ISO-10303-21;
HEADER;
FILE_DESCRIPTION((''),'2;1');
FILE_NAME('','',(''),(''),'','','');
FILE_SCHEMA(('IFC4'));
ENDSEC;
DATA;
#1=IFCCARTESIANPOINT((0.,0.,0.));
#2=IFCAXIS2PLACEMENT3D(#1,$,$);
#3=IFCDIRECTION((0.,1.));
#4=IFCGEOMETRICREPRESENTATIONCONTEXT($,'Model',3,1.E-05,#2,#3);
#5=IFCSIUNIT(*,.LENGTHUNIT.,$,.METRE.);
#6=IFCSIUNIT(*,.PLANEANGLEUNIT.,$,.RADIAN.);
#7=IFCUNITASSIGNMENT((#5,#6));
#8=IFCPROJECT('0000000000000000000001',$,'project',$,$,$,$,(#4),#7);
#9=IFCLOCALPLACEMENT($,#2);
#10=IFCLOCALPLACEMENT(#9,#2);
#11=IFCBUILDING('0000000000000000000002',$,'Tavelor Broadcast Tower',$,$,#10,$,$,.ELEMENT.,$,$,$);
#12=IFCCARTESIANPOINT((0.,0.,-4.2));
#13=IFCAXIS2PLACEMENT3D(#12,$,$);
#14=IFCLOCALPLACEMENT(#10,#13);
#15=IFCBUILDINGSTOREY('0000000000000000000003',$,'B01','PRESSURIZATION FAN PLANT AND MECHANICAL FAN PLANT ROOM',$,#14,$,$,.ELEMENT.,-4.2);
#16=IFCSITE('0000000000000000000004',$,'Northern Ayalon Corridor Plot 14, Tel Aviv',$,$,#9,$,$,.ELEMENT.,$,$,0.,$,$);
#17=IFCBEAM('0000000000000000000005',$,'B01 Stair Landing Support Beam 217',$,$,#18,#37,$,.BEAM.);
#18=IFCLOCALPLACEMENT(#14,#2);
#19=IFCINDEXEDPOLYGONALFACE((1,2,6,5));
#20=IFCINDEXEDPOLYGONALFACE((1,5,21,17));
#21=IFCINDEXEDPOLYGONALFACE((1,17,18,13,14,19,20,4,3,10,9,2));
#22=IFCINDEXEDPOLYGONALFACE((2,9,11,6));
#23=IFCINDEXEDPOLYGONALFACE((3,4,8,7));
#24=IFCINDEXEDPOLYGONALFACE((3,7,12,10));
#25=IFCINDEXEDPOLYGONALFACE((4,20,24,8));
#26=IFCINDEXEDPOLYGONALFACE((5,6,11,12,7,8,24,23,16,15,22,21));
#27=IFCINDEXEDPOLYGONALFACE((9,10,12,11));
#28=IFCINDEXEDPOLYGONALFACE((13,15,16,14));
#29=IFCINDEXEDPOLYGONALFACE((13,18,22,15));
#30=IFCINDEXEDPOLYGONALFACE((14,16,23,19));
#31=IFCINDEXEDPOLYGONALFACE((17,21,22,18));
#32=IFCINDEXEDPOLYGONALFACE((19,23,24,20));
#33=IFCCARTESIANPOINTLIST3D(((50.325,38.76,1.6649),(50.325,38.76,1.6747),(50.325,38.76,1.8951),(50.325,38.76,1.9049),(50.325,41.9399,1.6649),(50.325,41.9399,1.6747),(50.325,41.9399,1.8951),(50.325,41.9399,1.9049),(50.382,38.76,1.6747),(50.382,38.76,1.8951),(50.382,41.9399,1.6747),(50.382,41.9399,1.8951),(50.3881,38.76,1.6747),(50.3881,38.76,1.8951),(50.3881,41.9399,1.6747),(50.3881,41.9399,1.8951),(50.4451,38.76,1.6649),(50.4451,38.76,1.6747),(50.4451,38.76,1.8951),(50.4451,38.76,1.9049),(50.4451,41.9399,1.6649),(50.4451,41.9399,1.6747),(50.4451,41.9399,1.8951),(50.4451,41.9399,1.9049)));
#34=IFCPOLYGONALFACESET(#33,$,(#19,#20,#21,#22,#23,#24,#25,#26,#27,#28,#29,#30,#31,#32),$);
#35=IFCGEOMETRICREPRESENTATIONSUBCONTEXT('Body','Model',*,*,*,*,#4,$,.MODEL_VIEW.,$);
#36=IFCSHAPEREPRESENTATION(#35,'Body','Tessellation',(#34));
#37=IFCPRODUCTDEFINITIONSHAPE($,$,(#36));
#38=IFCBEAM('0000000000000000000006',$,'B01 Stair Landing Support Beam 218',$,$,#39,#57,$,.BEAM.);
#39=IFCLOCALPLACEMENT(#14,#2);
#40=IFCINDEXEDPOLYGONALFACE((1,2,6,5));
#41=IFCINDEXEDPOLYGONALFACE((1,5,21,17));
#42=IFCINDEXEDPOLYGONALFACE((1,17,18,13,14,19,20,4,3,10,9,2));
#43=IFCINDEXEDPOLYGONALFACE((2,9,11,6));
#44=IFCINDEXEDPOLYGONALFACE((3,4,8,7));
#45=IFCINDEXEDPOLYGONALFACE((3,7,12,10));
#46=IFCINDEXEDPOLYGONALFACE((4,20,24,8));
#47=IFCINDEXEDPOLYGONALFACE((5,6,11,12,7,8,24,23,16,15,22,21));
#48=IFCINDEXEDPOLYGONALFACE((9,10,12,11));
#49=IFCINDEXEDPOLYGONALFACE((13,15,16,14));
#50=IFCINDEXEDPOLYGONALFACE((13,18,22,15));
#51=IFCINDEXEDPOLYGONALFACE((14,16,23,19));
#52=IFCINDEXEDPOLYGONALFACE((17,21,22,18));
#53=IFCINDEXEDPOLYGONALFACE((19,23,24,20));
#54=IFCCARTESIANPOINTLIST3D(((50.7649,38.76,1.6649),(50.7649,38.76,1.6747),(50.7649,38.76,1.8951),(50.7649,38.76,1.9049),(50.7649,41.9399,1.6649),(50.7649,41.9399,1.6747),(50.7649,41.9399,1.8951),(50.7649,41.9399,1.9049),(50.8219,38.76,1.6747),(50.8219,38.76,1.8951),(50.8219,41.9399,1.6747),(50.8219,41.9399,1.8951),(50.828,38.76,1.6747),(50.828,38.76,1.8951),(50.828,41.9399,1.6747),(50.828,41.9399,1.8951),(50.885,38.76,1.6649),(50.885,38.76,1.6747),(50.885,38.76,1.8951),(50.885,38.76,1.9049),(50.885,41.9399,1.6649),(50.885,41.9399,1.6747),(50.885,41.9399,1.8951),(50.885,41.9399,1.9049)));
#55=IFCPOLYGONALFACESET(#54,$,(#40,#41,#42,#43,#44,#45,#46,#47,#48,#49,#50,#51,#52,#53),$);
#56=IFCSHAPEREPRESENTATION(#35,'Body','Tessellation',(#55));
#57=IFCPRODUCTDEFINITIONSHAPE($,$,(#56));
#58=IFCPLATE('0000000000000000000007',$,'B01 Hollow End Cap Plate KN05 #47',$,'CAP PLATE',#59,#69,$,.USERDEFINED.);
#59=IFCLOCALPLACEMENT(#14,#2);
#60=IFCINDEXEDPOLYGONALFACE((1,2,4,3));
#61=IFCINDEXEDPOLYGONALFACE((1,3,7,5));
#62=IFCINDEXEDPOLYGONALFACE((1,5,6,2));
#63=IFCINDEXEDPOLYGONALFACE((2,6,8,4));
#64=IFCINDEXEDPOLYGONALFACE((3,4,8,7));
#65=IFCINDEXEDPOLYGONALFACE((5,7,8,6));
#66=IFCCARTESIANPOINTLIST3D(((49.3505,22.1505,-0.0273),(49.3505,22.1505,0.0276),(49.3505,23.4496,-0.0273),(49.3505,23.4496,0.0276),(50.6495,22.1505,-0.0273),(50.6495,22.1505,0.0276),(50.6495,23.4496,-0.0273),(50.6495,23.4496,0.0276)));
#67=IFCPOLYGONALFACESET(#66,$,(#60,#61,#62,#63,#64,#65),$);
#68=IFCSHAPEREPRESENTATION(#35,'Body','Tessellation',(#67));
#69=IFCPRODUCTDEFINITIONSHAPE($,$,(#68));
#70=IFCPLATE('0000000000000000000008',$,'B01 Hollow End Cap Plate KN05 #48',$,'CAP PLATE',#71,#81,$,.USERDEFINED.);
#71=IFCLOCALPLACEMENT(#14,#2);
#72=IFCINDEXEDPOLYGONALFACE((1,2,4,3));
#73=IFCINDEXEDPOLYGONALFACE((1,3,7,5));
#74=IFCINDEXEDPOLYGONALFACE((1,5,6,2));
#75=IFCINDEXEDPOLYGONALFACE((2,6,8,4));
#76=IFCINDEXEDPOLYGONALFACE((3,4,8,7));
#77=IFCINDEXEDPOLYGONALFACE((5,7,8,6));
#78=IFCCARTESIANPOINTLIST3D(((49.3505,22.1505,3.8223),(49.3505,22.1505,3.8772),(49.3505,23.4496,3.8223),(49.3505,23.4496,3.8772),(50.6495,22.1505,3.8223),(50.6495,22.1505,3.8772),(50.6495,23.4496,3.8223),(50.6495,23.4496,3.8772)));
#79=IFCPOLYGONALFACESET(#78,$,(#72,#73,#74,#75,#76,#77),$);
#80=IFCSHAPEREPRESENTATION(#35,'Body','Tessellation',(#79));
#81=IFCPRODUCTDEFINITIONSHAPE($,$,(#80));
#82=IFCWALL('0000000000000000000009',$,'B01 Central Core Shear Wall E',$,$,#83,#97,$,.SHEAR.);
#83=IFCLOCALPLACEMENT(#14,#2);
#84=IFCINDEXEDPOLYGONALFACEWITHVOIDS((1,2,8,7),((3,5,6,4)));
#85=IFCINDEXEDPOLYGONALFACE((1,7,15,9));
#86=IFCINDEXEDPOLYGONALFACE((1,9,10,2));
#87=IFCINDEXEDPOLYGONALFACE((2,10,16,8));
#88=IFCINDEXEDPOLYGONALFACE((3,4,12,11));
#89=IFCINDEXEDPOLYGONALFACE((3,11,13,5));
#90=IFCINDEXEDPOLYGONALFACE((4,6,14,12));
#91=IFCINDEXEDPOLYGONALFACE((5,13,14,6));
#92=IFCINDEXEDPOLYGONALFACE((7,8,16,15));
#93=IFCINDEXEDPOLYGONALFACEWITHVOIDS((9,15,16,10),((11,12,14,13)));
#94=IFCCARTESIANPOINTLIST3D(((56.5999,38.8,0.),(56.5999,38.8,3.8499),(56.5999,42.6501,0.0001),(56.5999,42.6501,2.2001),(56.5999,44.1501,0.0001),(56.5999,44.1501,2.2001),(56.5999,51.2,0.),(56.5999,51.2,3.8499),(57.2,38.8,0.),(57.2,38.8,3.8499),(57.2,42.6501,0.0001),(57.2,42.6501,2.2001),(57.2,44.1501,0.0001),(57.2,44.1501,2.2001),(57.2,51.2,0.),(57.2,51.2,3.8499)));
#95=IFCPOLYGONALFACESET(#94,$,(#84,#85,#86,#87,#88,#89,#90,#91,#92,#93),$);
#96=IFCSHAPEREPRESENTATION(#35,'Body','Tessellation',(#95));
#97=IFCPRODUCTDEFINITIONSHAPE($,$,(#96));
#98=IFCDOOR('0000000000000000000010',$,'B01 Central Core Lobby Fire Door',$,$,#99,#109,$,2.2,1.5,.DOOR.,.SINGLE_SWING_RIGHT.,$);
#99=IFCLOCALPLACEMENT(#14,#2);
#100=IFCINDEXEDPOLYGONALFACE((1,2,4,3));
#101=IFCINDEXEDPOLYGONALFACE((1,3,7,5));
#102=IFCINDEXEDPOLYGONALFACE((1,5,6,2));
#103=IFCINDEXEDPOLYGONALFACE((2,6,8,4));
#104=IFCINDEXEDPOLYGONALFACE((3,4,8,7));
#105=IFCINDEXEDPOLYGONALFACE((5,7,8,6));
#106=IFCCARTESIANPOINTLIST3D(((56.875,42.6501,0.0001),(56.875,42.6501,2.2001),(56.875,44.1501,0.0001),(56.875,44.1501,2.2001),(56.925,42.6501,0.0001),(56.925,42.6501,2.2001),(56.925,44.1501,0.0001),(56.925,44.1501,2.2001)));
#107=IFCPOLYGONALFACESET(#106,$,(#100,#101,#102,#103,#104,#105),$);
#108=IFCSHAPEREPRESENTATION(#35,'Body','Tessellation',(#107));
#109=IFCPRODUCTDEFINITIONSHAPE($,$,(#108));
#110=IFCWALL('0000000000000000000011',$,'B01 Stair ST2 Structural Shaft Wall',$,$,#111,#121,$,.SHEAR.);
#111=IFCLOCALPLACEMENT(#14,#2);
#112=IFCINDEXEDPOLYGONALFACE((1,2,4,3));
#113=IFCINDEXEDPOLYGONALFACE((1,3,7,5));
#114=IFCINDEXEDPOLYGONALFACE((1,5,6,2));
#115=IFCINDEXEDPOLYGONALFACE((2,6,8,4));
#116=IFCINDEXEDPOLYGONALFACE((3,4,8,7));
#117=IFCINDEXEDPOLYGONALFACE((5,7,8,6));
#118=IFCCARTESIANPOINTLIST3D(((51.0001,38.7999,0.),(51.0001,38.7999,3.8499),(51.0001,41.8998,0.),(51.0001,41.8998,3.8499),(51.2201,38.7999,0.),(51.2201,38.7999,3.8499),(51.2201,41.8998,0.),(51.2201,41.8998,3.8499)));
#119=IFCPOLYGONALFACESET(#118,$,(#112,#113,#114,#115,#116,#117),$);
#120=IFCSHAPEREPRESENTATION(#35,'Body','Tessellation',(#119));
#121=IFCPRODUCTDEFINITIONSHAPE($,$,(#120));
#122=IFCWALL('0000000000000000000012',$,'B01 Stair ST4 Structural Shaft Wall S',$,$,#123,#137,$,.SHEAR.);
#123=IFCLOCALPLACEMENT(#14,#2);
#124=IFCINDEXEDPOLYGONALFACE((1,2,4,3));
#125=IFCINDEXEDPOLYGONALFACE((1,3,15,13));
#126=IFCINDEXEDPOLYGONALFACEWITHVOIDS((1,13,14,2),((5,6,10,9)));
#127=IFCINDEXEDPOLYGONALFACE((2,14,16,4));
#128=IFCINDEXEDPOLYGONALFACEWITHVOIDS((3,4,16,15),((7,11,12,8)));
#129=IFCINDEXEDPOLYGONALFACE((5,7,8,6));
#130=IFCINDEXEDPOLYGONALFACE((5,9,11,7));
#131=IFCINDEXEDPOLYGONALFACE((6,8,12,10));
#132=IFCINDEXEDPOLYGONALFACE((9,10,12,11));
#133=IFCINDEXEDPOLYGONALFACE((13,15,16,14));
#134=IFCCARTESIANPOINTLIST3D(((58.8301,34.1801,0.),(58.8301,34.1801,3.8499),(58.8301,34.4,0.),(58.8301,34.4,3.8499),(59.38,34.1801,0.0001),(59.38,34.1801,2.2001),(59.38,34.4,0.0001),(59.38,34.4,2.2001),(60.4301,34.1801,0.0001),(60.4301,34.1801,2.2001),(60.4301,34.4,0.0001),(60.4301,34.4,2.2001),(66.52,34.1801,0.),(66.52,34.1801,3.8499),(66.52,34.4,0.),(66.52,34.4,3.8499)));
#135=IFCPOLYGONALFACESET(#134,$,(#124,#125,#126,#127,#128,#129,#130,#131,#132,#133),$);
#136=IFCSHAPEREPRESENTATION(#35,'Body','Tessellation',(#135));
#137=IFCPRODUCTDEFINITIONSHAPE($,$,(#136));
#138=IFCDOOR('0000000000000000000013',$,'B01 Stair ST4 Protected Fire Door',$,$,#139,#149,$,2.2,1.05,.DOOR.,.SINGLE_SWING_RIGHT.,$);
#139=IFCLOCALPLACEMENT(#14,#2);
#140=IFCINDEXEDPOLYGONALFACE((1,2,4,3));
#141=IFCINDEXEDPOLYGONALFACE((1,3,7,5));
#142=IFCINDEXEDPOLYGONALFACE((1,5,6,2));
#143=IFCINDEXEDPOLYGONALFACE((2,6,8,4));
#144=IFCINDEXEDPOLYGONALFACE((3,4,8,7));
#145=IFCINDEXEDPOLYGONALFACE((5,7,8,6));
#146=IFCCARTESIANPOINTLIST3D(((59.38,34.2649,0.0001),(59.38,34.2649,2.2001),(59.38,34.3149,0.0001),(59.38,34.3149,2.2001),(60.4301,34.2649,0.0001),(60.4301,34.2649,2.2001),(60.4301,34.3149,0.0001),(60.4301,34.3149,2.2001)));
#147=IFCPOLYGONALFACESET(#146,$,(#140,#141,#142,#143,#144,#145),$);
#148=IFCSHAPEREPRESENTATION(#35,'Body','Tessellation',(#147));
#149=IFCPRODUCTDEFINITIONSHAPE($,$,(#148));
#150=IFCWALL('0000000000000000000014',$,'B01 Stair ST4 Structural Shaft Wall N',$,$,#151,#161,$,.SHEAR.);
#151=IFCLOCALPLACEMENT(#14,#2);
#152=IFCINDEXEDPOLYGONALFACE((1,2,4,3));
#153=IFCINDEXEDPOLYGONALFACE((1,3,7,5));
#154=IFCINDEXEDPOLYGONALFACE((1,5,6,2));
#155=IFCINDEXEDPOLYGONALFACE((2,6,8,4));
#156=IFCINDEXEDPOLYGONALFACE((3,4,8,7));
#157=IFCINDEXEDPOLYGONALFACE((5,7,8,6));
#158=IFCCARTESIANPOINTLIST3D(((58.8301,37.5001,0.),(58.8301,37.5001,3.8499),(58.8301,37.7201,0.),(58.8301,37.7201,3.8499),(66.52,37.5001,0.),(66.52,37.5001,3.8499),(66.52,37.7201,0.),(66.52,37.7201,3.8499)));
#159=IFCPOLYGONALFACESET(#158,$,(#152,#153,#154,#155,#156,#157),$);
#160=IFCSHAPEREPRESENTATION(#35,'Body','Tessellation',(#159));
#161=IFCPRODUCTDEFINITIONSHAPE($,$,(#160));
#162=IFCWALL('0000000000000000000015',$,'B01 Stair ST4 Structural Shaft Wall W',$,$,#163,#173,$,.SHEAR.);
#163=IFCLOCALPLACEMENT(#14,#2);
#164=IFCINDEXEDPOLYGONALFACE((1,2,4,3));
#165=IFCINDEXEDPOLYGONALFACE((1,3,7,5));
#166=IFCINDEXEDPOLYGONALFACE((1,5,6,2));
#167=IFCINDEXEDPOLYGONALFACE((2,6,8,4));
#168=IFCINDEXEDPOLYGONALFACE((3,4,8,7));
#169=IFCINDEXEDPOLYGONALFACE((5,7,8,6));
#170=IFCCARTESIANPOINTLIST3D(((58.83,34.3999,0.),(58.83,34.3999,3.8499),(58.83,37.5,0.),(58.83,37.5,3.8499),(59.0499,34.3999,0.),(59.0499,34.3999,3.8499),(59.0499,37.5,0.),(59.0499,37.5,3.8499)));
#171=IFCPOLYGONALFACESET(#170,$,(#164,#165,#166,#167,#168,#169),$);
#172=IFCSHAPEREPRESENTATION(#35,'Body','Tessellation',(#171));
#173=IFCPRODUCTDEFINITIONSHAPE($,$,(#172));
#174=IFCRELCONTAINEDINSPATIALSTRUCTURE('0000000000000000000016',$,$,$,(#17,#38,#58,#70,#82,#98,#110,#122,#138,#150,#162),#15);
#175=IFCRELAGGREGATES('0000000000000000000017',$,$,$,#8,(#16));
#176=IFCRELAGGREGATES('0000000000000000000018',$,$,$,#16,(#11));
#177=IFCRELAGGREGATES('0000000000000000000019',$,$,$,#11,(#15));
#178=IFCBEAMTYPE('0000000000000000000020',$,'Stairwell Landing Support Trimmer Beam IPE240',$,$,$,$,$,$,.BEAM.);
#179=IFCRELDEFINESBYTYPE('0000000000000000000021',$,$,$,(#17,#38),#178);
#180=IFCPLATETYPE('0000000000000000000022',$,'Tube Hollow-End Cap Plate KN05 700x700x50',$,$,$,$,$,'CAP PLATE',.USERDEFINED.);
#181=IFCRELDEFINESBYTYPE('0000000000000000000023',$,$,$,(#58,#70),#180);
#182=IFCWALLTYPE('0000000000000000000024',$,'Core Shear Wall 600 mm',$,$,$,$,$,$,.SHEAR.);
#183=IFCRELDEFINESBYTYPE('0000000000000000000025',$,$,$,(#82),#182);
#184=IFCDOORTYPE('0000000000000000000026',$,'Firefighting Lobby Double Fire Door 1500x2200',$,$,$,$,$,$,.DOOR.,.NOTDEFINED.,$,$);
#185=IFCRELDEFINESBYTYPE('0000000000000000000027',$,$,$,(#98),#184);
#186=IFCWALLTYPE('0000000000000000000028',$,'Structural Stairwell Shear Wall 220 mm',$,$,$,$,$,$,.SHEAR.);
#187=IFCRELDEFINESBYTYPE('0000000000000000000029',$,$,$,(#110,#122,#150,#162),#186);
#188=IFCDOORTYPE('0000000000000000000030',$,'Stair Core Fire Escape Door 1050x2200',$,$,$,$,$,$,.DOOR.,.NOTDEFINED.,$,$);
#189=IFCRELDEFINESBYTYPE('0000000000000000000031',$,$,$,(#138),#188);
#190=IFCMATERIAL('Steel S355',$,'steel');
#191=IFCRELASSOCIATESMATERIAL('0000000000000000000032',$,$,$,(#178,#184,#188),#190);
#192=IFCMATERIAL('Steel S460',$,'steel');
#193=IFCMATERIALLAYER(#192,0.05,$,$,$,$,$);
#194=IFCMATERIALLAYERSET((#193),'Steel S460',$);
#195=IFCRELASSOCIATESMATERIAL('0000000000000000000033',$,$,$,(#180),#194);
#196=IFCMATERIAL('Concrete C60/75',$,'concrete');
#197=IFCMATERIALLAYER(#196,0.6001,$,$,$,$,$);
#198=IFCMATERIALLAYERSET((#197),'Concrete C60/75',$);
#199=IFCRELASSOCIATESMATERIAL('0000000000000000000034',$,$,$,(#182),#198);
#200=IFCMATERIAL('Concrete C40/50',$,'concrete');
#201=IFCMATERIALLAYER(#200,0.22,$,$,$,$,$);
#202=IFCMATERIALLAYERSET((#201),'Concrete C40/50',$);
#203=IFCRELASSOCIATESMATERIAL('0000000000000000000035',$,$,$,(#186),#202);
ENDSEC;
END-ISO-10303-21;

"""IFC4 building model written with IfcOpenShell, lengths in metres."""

from ifc_helpers import new_model, si_unit, direction, frame, frame_2d, origin, origin_2d, place, context, subcontext, project, spatial, rectangle, i_section, extrude, source, transform, mapped, material, layer, layer_set, material_profile, profile_set, type_object, type_shapes, element, fill, save


model = new_model("IFC4")

# Units and contexts
model_context = context("Model", 3, precision=1e-05, world=origin(), true_north=direction((0.0, 1.0)))
body_context = subcontext(model_context, "Body", "Model", "MODEL_VIEW")
ifc_project = project(units=[si_unit("LENGTHUNIT", "METRE"), si_unit("PLANEANGLEUNIT", "RADIAN")], contexts=[model_context])

# Site, building, storey
site_placement = place(None, origin())
site = spatial("IfcSite", under=ifc_project, at=site_placement, Name="Northern Ayalon Corridor Plot 14, Tel Aviv", CompositionType="ELEMENT", RefElevation=0.0)
building_placement = place(site_placement, origin())
building = spatial("IfcBuilding", under=site, at=building_placement, Name="Tavelor Broadcast Tower", CompositionType="ELEMENT")
storey_placement = place(building_placement, frame((0.0, 0.0, -4.2)))
storey = spatial("IfcBuildingStorey", under=building, at=storey_placement, Name="B01", Description="PRESSURIZATION FAN PLANT AND MECHANICAL FAN PLANT ROOM", CompositionType="ELEMENT", Elevation=-4.2)

# Shared definitions
ifc_material_1 = material(Name="Concrete C60/75", Category="concrete")
ifc_material_2 = material(Name="Steel S460", Category="steel")

# Beams
ifc_material_3 = material(Name="Concrete C40/50", Category="concrete")
ifc_material_4 = material(Name="Steel S355", Category="steel")
ifc_material_profile_1 = material_profile(ifc_material_4, i_section(OverallWidth=0.1201, OverallDepth=0.24, WebThickness=0.0061, FlangeThickness=0.0098, at=origin_2d()), Name="IPE 240")
ifc_profile_set_1 = profile_set([ifc_material_profile_1], Name="Steel S355")
beam_type_1 = type_object("IfcBeamType", Name="Stairwell Landing Support Trimmer Beam IPE240", PredefinedType="BEAM", material=ifc_profile_set_1)
for number, where, z_axis, x_axis, name in (
    (1, (50.385, 38.76, 1.7849), (0.0, 1.0, 0.0), (-1.0, 0.0, 0.0), "B01 Stair Landing Support Beam 217"),
    (2, (50.825, 38.76, 1.7849), (0.0, 1.0, 0.0), (-1.0, 0.0, 0.0), "B01 Stair Landing Support Beam 218"),
):
    element("IfcBeam", number, at=place(storey_placement, frame(where, z_axis=z_axis, x_axis=x_axis)), inside=storey, type_object=beam_type_1, Name=name, PredefinedType="BEAM", context=body_context, shape_type="SweptSolid", body=[
        extrude(i_section(OverallWidth=0.1201, OverallDepth=0.24, WebThickness=0.0061, FlangeThickness=0.0098, at=origin_2d()), origin(), (0.0, 0.0, 1.0), 3.1799),
    ])

# Plates
ifc_layer_1 = layer(ifc_material_2, 0.05)
ifc_layer_set_1 = layer_set([ifc_layer_1], Name="Steel S460")
plate_type = type_object("IfcPlateType", Name="Tube Hollow-End Cap Plate KN05 700x700x50", ElementType="CAP PLATE", PredefinedType="USERDEFINED", material=ifc_layer_set_1)
shared_shape_1 = source(origin(), body_context, "Body", "SweptSolid", [
    extrude(rectangle(XDim=1.2991, YDim=1.2991, at=origin_2d()), origin(), (0.0, 0.0, 1.0), 0.0549),
])
type_shapes(plate_type, [shared_shape_1])
for number, where, z_axis, x_axis, name in (
    (3, (50.0, 22.8, -0.0273), (0.0, 0.0, 1.0), (1.0, 0.0, 0.0), "B01 Hollow End Cap Plate KN05 #47"),
    (4, (50.0, 22.8, 3.8223), (0.0, 0.0, 1.0), (1.0, 0.0, 0.0), "B01 Hollow End Cap Plate KN05 #48"),
):
    element("IfcPlate", number, at=place(storey_placement, frame(where, z_axis=z_axis, x_axis=x_axis)), inside=storey, type_object=plate_type, Name=name, ObjectType="CAP PLATE", PredefinedType="USERDEFINED", context=body_context, shape_type="MappedRepresentation", body=[
        mapped(shared_shape_1, transform((0.0, 0.0, 0.0), scale=1.0)),
    ])

# Wall, opening, door
ifc_layer_2 = layer(ifc_material_1, 0.6001)
ifc_layer_set_2 = layer_set([ifc_layer_2], Name="Concrete C60/75")
wall_type_1 = type_object("IfcWallType", Name="Core Shear Wall 600 mm", PredefinedType="SHEAR", material=ifc_layer_set_2)
wall_1_placement = place(storey_placement, frame((56.8999, 38.8, 0.0), z_axis=(0.0, 0.0, 1.0), x_axis=(0.0, 1.0, 0.0)))
wall_1 = element("IfcWall", 5, at=wall_1_placement, inside=storey, type_object=wall_type_1, Name="B01 Central Core Shear Wall E", PredefinedType="SHEAR", context=body_context, shape_type="SweptSolid", body=[
    extrude(rectangle(XDim=12.3999, YDim=0.6001, at=frame_2d((6.2, 0.0))), origin(), (0.0, 0.0, 1.0), 3.8499),
])
opening_1_placement = place(wall_1_placement, frame((3.8501, 0.0, 0.0)))
opening_1 = element("IfcOpeningElement", 6, at=opening_1_placement, cuts=wall_1, PredefinedType="OPENING", context=body_context, shape_type="SweptSolid", body=[
    extrude(rectangle(XDim=1.5, YDim=2.2, at=frame_2d((0.75, 1.1001))), frame((0.0, 0.3101, 0.0), z_axis=(0.0, -1.0, 0.0), x_axis=(1.0, 0.0, 0.0)), (0.0, 0.0, 1.0), 0.6201),
])
door_type_1 = type_object("IfcDoorType", Name="Firefighting Lobby Double Fire Door 1500x2200", OperationType="NOTDEFINED", PredefinedType="DOOR", material=ifc_material_4)
door_1_placement = place(opening_1_placement, origin())
door_1 = element("IfcDoor", 7, at=door_1_placement, inside=storey, type_object=door_type_1, Name="B01 Central Core Lobby Fire Door", OperationType="SINGLE_SWING_RIGHT", OverallHeight=2.2, OverallWidth=1.5, PredefinedType="DOOR", context=body_context, shape_type="SweptSolid", body=[
    extrude(rectangle(XDim=1.5, YDim=2.2, at=frame_2d((0.75, 1.1001))), frame((0.0, 0.0249, 0.0), z_axis=(0.0, -1.0, 0.0), x_axis=(1.0, 0.0, 0.0)), (0.0, 0.0, 1.0), 0.05),
])
fill(opening_1, door_1)

# Wall
ifc_layer_3 = layer(ifc_material_3, 0.22)
ifc_layer_set_3 = layer_set([ifc_layer_3], Name="Concrete C40/50")
wall_type_2 = type_object("IfcWallType", Name="Structural Stairwell Shear Wall 220 mm", PredefinedType="SHEAR", material=ifc_layer_set_3)
wall_2_placement = place(storey_placement, frame((51.1101, 38.8, 0.0), z_axis=(0.0, 0.0, 1.0), x_axis=(0.0, 1.0, 0.0)))
element("IfcWall", 8, at=wall_2_placement, inside=storey, type_object=wall_type_2, Name="B01 Stair ST2 Structural Shaft Wall", PredefinedType="SHEAR", context=body_context, shape_type="SweptSolid", body=[
    extrude(rectangle(XDim=3.0999, YDim=0.22, at=frame_2d((1.5498, 0.0))), origin(), (0.0, 0.0, 1.0), 3.8499),
])

# Wall, opening, door
wall_3_placement = place(storey_placement, frame((58.8301, 34.29, 0.0), z_axis=(0.0, 0.0, 1.0), x_axis=(1.0, 0.0, 0.0)))
wall_3 = element("IfcWall", 9, at=wall_3_placement, inside=storey, type_object=wall_type_2, Name="B01 Stair ST4 Structural Shaft Wall S", PredefinedType="SHEAR", context=body_context, shape_type="SweptSolid", body=[
    extrude(rectangle(XDim=7.6899, YDim=0.22, at=frame_2d((3.845, 0.0))), origin(), (0.0, 0.0, 1.0), 3.8499),
])
opening_2_placement = place(wall_3_placement, frame((0.55, 0.0, 0.0)))
opening_2 = element("IfcOpeningElement", 10, at=opening_2_placement, cuts=wall_3, PredefinedType="OPENING", context=body_context, shape_type="SweptSolid", body=[
    extrude(rectangle(XDim=1.05, YDim=2.2, at=frame_2d((0.5249, 1.1001))), frame((0.0, 0.1201, 0.0), z_axis=(0.0, -1.0, 0.0), x_axis=(1.0, 0.0, 0.0)), (0.0, 0.0, 1.0), 0.24),
])
door_type_2 = type_object("IfcDoorType", Name="Stair Core Fire Escape Door 1050x2200", OperationType="NOTDEFINED", PredefinedType="DOOR", material=ifc_material_4)
door_2_placement = place(opening_2_placement, origin())
door_2 = element("IfcDoor", 11, at=door_2_placement, inside=storey, type_object=door_type_2, Name="B01 Stair ST4 Protected Fire Door", OperationType="SINGLE_SWING_RIGHT", OverallHeight=2.2, OverallWidth=1.05, PredefinedType="DOOR", context=body_context, shape_type="SweptSolid", body=[
    extrude(rectangle(XDim=1.05, YDim=2.2, at=frame_2d((0.5249, 1.1001))), frame((0.0, 0.0249, 0.0), z_axis=(0.0, -1.0, 0.0), x_axis=(1.0, 0.0, 0.0)), (0.0, 0.0, 1.0), 0.05),
])
fill(opening_2, door_2)

# Walls
wall_4_placement = place(storey_placement, frame((58.8301, 37.6101, 0.0), z_axis=(0.0, 0.0, 1.0), x_axis=(1.0, 0.0, 0.0)))
element("IfcWall", 12, at=wall_4_placement, inside=storey, type_object=wall_type_2, Name="B01 Stair ST4 Structural Shaft Wall N", PredefinedType="SHEAR", context=body_context, shape_type="SweptSolid", body=[
    extrude(rectangle(XDim=7.6899, YDim=0.22, at=frame_2d((3.845, 0.0))), origin(), (0.0, 0.0, 1.0), 3.8499),
])
wall_5_placement = place(storey_placement, frame((58.9399, 34.3999, 0.0), z_axis=(0.0, 0.0, 1.0), x_axis=(0.0, 1.0, 0.0)))
element("IfcWall", 13, at=wall_5_placement, inside=storey, type_object=wall_type_2, Name="B01 Stair ST4 Structural Shaft Wall W", PredefinedType="SHEAR", context=body_context, shape_type="SweptSolid", body=[
    extrude(rectangle(XDim=3.1001, YDim=0.22, at=frame_2d((1.55, 0.0))), origin(), (0.0, 0.0, 1.0), 3.8499),
])

save(model, "model.ifc")
